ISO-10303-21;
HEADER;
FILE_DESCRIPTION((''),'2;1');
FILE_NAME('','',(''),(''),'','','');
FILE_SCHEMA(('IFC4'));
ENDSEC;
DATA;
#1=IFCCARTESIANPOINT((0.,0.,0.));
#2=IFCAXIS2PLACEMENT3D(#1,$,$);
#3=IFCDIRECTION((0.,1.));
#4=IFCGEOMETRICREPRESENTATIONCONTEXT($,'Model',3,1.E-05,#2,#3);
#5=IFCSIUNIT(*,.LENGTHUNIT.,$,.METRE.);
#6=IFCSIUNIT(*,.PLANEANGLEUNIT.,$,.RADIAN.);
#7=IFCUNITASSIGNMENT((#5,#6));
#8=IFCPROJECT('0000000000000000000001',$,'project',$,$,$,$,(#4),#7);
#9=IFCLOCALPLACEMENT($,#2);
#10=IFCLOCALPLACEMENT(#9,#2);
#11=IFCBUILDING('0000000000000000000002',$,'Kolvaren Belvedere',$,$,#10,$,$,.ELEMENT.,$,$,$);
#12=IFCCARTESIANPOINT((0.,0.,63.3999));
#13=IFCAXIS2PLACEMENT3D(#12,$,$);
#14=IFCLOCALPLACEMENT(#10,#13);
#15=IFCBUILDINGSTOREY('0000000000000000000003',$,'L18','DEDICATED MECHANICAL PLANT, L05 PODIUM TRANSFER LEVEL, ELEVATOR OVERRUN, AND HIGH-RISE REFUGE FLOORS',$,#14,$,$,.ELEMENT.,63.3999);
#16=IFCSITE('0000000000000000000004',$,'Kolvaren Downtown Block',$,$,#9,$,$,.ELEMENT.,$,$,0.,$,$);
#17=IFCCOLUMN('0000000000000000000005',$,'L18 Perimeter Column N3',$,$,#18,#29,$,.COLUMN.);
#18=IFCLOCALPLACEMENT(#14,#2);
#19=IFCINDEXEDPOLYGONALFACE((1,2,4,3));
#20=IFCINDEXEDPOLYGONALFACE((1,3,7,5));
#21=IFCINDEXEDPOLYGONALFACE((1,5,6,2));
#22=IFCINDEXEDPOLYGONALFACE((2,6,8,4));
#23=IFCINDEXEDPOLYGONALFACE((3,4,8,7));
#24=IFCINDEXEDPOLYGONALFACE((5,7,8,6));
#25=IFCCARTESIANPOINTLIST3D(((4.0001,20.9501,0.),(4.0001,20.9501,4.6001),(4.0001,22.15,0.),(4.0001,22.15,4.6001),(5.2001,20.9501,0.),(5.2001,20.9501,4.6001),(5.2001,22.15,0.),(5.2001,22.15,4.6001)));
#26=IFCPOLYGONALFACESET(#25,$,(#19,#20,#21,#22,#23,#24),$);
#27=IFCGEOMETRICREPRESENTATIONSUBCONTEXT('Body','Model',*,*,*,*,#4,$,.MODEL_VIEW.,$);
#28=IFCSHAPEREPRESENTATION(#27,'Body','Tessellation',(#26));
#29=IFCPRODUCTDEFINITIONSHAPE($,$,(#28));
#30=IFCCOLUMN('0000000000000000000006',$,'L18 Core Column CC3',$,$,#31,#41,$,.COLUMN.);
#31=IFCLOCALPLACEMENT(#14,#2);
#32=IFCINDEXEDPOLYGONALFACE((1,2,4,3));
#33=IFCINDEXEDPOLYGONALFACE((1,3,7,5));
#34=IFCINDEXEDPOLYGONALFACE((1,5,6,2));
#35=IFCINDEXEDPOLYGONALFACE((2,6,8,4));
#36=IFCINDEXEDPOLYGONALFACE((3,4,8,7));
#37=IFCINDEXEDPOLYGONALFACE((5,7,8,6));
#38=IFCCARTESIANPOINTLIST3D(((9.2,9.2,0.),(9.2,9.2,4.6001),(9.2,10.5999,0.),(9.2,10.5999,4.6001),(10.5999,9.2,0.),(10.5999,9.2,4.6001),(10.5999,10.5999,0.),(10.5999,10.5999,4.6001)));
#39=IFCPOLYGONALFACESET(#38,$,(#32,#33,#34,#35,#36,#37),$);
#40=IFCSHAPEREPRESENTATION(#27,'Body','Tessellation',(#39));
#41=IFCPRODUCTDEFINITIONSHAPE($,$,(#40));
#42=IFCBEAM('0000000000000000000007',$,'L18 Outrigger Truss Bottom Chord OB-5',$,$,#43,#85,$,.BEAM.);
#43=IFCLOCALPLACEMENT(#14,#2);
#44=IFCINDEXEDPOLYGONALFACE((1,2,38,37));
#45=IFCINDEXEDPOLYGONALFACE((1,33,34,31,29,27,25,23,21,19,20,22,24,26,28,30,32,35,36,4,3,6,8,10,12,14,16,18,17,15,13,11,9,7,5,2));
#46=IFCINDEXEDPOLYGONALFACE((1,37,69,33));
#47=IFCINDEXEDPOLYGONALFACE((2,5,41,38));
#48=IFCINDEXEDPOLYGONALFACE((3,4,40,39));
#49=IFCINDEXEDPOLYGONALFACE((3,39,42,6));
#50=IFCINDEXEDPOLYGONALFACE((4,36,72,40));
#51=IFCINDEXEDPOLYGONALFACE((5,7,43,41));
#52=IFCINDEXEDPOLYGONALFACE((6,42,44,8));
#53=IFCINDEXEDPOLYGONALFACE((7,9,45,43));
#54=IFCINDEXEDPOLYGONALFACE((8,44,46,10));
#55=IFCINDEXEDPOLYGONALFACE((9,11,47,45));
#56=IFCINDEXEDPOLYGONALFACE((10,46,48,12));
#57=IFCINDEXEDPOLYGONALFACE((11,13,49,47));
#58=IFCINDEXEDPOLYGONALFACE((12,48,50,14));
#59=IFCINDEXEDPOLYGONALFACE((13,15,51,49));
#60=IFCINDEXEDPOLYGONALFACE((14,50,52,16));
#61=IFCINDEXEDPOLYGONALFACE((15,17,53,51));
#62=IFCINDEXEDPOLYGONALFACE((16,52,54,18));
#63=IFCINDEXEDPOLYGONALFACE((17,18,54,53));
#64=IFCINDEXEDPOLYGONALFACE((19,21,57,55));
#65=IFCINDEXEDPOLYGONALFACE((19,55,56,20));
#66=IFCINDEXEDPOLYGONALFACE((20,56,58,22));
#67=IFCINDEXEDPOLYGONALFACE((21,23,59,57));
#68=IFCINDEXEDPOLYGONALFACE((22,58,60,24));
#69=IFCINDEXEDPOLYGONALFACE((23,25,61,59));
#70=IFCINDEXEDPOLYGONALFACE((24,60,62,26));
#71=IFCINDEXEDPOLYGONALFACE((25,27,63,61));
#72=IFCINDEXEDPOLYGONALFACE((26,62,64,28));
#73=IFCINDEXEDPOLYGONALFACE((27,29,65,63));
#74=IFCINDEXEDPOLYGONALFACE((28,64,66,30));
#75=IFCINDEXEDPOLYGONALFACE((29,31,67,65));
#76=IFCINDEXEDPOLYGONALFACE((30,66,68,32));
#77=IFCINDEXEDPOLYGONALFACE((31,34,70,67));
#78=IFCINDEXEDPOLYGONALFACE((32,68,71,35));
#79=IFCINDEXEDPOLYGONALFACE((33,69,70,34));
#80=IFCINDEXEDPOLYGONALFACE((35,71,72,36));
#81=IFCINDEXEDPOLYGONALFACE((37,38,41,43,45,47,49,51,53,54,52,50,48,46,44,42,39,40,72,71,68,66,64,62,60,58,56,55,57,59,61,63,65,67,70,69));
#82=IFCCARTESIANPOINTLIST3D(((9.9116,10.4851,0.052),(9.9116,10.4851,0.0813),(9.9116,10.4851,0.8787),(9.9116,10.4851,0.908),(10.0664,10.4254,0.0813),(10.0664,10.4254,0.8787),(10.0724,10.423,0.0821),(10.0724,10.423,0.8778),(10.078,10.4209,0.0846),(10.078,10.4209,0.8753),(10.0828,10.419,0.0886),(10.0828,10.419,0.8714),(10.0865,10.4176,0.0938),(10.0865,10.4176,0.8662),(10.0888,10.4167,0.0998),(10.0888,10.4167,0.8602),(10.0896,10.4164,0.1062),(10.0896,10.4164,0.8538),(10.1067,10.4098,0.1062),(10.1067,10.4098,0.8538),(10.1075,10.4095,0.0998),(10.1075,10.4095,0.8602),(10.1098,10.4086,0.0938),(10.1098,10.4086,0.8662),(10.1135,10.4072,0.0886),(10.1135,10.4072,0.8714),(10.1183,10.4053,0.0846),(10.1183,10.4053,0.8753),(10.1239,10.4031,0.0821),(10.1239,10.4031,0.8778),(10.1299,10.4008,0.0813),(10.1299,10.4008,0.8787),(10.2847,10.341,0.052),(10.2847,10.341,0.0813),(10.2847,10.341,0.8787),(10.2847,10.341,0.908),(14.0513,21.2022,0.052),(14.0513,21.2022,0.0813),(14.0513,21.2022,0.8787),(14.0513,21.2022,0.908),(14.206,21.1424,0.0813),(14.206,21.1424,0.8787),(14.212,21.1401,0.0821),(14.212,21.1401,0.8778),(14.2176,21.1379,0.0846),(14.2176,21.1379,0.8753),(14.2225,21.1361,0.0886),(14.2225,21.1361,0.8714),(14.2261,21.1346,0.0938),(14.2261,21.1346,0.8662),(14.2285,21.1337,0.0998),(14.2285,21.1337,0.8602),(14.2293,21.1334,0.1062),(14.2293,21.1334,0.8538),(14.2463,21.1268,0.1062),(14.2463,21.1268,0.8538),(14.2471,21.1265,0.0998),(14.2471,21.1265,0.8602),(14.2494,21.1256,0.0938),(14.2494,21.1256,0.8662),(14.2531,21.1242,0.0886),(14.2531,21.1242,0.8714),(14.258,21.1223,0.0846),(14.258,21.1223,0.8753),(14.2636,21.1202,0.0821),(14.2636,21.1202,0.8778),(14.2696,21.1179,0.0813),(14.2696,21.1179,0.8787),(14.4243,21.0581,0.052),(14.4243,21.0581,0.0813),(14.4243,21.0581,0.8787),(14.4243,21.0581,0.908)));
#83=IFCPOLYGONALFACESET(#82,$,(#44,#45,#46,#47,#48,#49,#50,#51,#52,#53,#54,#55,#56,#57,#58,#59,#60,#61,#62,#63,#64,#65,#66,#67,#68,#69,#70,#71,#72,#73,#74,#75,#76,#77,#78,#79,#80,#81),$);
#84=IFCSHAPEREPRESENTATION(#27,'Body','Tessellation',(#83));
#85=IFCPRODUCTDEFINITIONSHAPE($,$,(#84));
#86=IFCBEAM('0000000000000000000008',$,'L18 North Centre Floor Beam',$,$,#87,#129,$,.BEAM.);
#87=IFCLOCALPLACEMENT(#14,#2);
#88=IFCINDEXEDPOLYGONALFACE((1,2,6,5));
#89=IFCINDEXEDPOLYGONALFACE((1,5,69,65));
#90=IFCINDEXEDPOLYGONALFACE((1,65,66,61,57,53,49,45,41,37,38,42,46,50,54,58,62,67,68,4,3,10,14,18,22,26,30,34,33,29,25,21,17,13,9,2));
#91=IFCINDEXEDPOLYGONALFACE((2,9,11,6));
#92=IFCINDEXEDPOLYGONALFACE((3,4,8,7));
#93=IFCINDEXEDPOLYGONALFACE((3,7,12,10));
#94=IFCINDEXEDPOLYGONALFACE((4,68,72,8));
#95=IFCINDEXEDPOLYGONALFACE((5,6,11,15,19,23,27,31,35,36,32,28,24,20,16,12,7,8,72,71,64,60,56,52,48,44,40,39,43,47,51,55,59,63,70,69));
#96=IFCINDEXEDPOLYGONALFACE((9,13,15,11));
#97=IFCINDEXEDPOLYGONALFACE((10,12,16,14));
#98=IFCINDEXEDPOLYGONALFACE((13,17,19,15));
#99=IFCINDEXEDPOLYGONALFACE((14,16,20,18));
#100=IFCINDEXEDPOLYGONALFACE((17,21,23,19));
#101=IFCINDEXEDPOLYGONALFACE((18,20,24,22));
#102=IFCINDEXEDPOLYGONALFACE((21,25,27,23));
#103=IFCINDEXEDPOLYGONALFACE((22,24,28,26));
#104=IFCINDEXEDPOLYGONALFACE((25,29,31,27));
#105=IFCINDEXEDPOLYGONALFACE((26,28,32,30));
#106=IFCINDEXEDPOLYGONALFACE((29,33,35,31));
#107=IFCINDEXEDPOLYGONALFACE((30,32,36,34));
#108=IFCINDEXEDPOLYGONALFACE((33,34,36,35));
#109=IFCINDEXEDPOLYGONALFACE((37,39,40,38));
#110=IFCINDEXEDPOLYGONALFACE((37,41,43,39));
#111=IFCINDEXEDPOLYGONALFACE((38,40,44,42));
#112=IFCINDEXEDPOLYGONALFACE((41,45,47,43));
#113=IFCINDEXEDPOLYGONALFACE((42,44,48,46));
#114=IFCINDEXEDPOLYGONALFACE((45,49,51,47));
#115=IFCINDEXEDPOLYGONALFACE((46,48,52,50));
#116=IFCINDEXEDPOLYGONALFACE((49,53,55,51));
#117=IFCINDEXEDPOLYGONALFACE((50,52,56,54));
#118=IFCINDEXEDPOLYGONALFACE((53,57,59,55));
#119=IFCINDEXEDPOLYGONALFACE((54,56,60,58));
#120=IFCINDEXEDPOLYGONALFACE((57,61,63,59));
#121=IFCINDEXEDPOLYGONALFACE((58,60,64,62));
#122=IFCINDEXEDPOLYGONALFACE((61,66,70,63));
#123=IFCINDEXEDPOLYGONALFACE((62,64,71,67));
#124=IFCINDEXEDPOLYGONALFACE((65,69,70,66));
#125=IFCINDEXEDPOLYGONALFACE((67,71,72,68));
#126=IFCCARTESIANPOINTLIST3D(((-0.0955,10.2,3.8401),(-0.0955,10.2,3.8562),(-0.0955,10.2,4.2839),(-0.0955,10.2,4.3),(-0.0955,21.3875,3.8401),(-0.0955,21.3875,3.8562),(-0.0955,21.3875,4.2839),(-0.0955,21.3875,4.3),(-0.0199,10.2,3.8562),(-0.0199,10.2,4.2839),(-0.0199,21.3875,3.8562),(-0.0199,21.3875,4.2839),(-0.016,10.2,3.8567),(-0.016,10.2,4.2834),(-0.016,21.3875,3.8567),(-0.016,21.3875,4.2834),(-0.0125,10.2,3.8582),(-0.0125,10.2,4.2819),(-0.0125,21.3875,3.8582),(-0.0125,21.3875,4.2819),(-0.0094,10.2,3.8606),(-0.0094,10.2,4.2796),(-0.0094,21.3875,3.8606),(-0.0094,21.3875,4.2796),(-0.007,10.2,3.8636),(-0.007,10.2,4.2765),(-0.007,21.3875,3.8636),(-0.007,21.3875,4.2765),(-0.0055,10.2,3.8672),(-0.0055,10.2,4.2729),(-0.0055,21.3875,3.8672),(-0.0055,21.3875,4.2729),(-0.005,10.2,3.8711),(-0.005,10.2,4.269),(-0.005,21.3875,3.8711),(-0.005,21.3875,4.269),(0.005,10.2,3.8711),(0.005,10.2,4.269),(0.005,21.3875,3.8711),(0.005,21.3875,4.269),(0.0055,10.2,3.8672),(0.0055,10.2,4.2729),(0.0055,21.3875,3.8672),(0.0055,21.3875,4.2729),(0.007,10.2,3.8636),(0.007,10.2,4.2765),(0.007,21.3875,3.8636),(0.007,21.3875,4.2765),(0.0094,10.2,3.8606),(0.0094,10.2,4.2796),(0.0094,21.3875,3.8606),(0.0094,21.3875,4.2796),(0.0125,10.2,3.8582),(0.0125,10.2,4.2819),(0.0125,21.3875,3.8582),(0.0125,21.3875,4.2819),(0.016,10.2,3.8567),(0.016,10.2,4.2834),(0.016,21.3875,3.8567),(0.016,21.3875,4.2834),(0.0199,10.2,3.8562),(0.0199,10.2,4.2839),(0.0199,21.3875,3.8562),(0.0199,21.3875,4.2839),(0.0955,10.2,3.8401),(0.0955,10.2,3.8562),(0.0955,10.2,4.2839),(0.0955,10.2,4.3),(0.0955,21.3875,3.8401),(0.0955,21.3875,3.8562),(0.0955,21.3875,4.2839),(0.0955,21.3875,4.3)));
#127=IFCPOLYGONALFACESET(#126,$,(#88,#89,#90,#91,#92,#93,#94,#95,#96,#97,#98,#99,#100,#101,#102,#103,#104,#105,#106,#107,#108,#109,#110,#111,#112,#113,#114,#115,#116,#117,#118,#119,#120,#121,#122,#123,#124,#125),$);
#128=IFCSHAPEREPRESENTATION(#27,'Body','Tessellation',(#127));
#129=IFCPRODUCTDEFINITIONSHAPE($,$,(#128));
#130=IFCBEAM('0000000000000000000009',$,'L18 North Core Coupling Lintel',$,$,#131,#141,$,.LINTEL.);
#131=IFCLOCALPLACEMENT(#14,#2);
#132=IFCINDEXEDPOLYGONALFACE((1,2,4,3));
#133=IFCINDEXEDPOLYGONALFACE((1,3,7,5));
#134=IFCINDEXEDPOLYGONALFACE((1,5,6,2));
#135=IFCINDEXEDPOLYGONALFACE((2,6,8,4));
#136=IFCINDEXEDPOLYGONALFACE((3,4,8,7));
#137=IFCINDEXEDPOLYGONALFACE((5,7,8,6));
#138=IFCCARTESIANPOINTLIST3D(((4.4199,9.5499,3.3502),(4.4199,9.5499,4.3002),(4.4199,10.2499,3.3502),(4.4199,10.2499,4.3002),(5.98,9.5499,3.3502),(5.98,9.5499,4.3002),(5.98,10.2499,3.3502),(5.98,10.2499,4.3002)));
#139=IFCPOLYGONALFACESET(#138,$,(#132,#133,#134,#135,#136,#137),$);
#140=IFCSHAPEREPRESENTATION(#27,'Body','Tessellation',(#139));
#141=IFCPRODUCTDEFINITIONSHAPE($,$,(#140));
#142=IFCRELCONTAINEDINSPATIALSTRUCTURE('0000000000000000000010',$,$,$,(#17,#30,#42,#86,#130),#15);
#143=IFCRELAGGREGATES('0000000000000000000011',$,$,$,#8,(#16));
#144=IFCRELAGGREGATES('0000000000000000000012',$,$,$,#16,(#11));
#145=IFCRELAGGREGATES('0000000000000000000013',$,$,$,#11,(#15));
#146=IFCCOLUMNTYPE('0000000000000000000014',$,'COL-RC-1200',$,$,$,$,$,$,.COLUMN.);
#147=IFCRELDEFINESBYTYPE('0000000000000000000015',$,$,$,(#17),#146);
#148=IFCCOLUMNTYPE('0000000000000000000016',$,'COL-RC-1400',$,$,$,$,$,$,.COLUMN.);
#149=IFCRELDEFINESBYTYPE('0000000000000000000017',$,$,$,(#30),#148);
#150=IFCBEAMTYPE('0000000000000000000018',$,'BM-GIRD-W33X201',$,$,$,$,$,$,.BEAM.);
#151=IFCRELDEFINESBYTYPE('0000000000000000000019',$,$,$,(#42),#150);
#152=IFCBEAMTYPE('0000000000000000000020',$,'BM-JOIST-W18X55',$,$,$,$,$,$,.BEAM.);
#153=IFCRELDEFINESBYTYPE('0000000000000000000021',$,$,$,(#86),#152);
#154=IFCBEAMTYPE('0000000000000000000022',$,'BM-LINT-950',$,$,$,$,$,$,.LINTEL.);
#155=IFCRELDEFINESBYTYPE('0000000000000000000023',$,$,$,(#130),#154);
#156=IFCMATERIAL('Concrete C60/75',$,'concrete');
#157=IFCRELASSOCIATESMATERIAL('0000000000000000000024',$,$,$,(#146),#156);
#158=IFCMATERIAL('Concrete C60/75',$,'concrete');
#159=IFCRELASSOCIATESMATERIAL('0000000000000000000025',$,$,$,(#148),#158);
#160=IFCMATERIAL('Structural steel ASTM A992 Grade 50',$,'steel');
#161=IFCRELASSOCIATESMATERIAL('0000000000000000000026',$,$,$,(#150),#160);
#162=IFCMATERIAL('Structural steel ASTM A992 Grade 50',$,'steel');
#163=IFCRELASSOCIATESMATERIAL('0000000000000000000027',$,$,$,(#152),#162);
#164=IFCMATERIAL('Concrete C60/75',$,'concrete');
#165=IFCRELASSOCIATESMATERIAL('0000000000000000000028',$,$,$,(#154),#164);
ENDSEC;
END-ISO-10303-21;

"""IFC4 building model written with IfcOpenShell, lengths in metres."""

from ifc_helpers import new_model, si_unit, direction, frame, origin, origin_2d, place, context, subcontext, project, spatial, rectangle, i_section, extrude, material, material_profile, profile_set, type_object, element, save


model = new_model("IFC4")

# Units and contexts
model_context = context("Model", 3, precision=1e-05, world=origin(), true_north=direction((0.0, 1.0)))
body_context = subcontext(model_context, "Body", "Model", "MODEL_VIEW")
ifc_project = project(units=[si_unit("LENGTHUNIT", "METRE"), si_unit("PLANEANGLEUNIT", "RADIAN")], contexts=[model_context])

# Site, building, storey
site_placement = place(None, origin())
site = spatial("IfcSite", under=ifc_project, at=site_placement, Name="Kolvaren Downtown Block", CompositionType="ELEMENT", RefElevation=0.0)
building_placement = place(site_placement, origin())
building = spatial("IfcBuilding", under=site, at=building_placement, Name="Kolvaren Belvedere", CompositionType="ELEMENT")
storey_placement = place(building_placement, frame((0.0, 0.0, 63.3999)))
storey = spatial("IfcBuildingStorey", under=building, at=storey_placement, Name="L18", Description="DEDICATED MECHANICAL PLANT, L05 PODIUM TRANSFER LEVEL, ELEVATOR OVERRUN, AND HIGH-RISE REFUGE FLOORS", CompositionType="ELEMENT", Elevation=63.3999)

# Columns
ifc_material_1 = material(Name="Concrete C60/75", Category="concrete")
ifc_material_profile_1 = material_profile(ifc_material_1, rectangle(XDim=1.2, YDim=1.2, at=origin_2d()), Name="RC 1200X1200")
ifc_profile_set_1 = profile_set([ifc_material_profile_1], Name="Concrete C60/75")
column_type_1 = type_object("IfcColumnType", Name="COL-RC-1200", PredefinedType="COLUMN", material=ifc_profile_set_1)
column_1_placement = place(storey_placement, frame((4.6001, 21.55, 0.0), z_axis=(0.0, 0.0, 1.0), x_axis=(1.0, 0.0, 0.0)))
element("IfcColumn", 1, at=column_1_placement, inside=storey, type_object=column_type_1, Name="L18 Perimeter Column N3", PredefinedType="COLUMN", context=body_context, shape_type="SweptSolid", body=[
    extrude(rectangle(XDim=1.2, YDim=1.2, at=origin_2d()), origin(), (0.0, 0.0, 1.0), 4.6001),
])
ifc_material_2 = material(Name="Concrete C60/75", Category="concrete")
ifc_material_profile_2 = material_profile(ifc_material_2, rectangle(XDim=1.3999, YDim=1.3999, at=origin_2d()), Name="RC 1400X1400")
ifc_profile_set_2 = profile_set([ifc_material_profile_2], Name="Concrete C60/75")
column_type_2 = type_object("IfcColumnType", Name="COL-RC-1400", PredefinedType="COLUMN", material=ifc_profile_set_2)
column_2_placement = place(storey_placement, frame((9.8999, 9.8999, 0.0), z_axis=(0.0, 0.0, 1.0), x_axis=(1.0, 0.0, 0.0)))
element("IfcColumn", 2, at=column_2_placement, inside=storey, type_object=column_type_2, Name="L18 Core Column CC3", PredefinedType="COLUMN", context=body_context, shape_type="SweptSolid", body=[
    extrude(rectangle(XDim=1.3999, YDim=1.3999, at=origin_2d()), origin(), (0.0, 0.0, 1.0), 4.6001),
])

# Beams
ifc_material_3 = material(Name="Structural steel ASTM A992 Grade 50", Category="steel")
ifc_material_profile_3 = material_profile(ifc_material_3, i_section(OverallWidth=0.3999, OverallDepth=0.856, WebThickness=0.0183, FlangeThickness=0.0293, FilletRadius=0.0249, at=origin_2d()), Name="W33X201")
ifc_profile_set_3 = profile_set([ifc_material_profile_3], Name="Structural steel ASTM A992 Grade 50")
beam_type_1 = type_object("IfcBeamType", Name="BM-GIRD-W33X201", PredefinedType="BEAM", material=ifc_profile_set_3)
beam_1_placement = place(storey_placement, frame((10.0981, 10.4131, 0.48), z_axis=(0.360322, 0.932828, 0.0), x_axis=(-0.932828, 0.360322, 0.0)))
element("IfcBeam", 3, at=beam_1_placement, inside=storey, type_object=beam_type_1, Name="L18 Outrigger Truss Bottom Chord OB-5", PredefinedType="BEAM", context=body_context, shape_type="SweptSolid", body=[
    extrude(i_section(OverallWidth=0.3999, OverallDepth=0.856, WebThickness=0.0183, FlangeThickness=0.0293, FilletRadius=0.0249, at=origin_2d()), origin(), (0.0, 0.0, 1.0), 11.4888),
])
ifc_material_4 = material(Name="Structural steel ASTM A992 Grade 50", Category="steel")
ifc_material_profile_4 = material_profile(ifc_material_4, i_section(OverallWidth=0.1909, OverallDepth=0.46, WebThickness=0.01, FlangeThickness=0.0161, FilletRadius=0.0149, at=origin_2d()), Name="W18X55")
ifc_profile_set_4 = profile_set([ifc_material_profile_4], Name="Structural steel ASTM A992 Grade 50")
beam_type_2 = type_object("IfcBeamType", Name="BM-JOIST-W18X55", PredefinedType="BEAM", material=ifc_profile_set_4)
beam_2_placement = place(storey_placement, frame((0.0, 10.2, 4.0701), z_axis=(0.0, 1.0, 0.0), x_axis=(-1.0, 0.0, 0.0)))
element("IfcBeam", 4, at=beam_2_placement, inside=storey, type_object=beam_type_2, Name="L18 North Centre Floor Beam", PredefinedType="BEAM", context=body_context, shape_type="SweptSolid", body=[
    extrude(i_section(OverallWidth=0.1909, OverallDepth=0.46, WebThickness=0.01, FlangeThickness=0.0161, FilletRadius=0.0149, at=origin_2d()), origin(), (0.0, 0.0, 1.0), 11.1875),
])
ifc_material_5 = material(Name="Concrete C60/75", Category="concrete")
ifc_material_profile_5 = material_profile(ifc_material_5, rectangle(XDim=0.7, YDim=0.95, at=origin_2d()), Name="RC 700X950")
ifc_profile_set_5 = profile_set([ifc_material_profile_5], Name="Concrete C60/75")
beam_type_3 = type_object("IfcBeamType", Name="BM-LINT-950", PredefinedType="LINTEL", material=ifc_profile_set_5)
beam_3_placement = place(storey_placement, frame((4.4199, 9.8999, 3.8252), z_axis=(1.0, 0.0, 0.0), x_axis=(0.0, 1.0, 0.0)))
element("IfcBeam", 5, at=beam_3_placement, inside=storey, type_object=beam_type_3, Name="L18 North Core Coupling Lintel", PredefinedType="LINTEL", context=body_context, shape_type="SweptSolid", body=[
    extrude(rectangle(XDim=0.7, YDim=0.95, at=origin_2d()), origin(), (0.0, 0.0, 1.0), 1.5601),
])

save(model, "model.ifc")
